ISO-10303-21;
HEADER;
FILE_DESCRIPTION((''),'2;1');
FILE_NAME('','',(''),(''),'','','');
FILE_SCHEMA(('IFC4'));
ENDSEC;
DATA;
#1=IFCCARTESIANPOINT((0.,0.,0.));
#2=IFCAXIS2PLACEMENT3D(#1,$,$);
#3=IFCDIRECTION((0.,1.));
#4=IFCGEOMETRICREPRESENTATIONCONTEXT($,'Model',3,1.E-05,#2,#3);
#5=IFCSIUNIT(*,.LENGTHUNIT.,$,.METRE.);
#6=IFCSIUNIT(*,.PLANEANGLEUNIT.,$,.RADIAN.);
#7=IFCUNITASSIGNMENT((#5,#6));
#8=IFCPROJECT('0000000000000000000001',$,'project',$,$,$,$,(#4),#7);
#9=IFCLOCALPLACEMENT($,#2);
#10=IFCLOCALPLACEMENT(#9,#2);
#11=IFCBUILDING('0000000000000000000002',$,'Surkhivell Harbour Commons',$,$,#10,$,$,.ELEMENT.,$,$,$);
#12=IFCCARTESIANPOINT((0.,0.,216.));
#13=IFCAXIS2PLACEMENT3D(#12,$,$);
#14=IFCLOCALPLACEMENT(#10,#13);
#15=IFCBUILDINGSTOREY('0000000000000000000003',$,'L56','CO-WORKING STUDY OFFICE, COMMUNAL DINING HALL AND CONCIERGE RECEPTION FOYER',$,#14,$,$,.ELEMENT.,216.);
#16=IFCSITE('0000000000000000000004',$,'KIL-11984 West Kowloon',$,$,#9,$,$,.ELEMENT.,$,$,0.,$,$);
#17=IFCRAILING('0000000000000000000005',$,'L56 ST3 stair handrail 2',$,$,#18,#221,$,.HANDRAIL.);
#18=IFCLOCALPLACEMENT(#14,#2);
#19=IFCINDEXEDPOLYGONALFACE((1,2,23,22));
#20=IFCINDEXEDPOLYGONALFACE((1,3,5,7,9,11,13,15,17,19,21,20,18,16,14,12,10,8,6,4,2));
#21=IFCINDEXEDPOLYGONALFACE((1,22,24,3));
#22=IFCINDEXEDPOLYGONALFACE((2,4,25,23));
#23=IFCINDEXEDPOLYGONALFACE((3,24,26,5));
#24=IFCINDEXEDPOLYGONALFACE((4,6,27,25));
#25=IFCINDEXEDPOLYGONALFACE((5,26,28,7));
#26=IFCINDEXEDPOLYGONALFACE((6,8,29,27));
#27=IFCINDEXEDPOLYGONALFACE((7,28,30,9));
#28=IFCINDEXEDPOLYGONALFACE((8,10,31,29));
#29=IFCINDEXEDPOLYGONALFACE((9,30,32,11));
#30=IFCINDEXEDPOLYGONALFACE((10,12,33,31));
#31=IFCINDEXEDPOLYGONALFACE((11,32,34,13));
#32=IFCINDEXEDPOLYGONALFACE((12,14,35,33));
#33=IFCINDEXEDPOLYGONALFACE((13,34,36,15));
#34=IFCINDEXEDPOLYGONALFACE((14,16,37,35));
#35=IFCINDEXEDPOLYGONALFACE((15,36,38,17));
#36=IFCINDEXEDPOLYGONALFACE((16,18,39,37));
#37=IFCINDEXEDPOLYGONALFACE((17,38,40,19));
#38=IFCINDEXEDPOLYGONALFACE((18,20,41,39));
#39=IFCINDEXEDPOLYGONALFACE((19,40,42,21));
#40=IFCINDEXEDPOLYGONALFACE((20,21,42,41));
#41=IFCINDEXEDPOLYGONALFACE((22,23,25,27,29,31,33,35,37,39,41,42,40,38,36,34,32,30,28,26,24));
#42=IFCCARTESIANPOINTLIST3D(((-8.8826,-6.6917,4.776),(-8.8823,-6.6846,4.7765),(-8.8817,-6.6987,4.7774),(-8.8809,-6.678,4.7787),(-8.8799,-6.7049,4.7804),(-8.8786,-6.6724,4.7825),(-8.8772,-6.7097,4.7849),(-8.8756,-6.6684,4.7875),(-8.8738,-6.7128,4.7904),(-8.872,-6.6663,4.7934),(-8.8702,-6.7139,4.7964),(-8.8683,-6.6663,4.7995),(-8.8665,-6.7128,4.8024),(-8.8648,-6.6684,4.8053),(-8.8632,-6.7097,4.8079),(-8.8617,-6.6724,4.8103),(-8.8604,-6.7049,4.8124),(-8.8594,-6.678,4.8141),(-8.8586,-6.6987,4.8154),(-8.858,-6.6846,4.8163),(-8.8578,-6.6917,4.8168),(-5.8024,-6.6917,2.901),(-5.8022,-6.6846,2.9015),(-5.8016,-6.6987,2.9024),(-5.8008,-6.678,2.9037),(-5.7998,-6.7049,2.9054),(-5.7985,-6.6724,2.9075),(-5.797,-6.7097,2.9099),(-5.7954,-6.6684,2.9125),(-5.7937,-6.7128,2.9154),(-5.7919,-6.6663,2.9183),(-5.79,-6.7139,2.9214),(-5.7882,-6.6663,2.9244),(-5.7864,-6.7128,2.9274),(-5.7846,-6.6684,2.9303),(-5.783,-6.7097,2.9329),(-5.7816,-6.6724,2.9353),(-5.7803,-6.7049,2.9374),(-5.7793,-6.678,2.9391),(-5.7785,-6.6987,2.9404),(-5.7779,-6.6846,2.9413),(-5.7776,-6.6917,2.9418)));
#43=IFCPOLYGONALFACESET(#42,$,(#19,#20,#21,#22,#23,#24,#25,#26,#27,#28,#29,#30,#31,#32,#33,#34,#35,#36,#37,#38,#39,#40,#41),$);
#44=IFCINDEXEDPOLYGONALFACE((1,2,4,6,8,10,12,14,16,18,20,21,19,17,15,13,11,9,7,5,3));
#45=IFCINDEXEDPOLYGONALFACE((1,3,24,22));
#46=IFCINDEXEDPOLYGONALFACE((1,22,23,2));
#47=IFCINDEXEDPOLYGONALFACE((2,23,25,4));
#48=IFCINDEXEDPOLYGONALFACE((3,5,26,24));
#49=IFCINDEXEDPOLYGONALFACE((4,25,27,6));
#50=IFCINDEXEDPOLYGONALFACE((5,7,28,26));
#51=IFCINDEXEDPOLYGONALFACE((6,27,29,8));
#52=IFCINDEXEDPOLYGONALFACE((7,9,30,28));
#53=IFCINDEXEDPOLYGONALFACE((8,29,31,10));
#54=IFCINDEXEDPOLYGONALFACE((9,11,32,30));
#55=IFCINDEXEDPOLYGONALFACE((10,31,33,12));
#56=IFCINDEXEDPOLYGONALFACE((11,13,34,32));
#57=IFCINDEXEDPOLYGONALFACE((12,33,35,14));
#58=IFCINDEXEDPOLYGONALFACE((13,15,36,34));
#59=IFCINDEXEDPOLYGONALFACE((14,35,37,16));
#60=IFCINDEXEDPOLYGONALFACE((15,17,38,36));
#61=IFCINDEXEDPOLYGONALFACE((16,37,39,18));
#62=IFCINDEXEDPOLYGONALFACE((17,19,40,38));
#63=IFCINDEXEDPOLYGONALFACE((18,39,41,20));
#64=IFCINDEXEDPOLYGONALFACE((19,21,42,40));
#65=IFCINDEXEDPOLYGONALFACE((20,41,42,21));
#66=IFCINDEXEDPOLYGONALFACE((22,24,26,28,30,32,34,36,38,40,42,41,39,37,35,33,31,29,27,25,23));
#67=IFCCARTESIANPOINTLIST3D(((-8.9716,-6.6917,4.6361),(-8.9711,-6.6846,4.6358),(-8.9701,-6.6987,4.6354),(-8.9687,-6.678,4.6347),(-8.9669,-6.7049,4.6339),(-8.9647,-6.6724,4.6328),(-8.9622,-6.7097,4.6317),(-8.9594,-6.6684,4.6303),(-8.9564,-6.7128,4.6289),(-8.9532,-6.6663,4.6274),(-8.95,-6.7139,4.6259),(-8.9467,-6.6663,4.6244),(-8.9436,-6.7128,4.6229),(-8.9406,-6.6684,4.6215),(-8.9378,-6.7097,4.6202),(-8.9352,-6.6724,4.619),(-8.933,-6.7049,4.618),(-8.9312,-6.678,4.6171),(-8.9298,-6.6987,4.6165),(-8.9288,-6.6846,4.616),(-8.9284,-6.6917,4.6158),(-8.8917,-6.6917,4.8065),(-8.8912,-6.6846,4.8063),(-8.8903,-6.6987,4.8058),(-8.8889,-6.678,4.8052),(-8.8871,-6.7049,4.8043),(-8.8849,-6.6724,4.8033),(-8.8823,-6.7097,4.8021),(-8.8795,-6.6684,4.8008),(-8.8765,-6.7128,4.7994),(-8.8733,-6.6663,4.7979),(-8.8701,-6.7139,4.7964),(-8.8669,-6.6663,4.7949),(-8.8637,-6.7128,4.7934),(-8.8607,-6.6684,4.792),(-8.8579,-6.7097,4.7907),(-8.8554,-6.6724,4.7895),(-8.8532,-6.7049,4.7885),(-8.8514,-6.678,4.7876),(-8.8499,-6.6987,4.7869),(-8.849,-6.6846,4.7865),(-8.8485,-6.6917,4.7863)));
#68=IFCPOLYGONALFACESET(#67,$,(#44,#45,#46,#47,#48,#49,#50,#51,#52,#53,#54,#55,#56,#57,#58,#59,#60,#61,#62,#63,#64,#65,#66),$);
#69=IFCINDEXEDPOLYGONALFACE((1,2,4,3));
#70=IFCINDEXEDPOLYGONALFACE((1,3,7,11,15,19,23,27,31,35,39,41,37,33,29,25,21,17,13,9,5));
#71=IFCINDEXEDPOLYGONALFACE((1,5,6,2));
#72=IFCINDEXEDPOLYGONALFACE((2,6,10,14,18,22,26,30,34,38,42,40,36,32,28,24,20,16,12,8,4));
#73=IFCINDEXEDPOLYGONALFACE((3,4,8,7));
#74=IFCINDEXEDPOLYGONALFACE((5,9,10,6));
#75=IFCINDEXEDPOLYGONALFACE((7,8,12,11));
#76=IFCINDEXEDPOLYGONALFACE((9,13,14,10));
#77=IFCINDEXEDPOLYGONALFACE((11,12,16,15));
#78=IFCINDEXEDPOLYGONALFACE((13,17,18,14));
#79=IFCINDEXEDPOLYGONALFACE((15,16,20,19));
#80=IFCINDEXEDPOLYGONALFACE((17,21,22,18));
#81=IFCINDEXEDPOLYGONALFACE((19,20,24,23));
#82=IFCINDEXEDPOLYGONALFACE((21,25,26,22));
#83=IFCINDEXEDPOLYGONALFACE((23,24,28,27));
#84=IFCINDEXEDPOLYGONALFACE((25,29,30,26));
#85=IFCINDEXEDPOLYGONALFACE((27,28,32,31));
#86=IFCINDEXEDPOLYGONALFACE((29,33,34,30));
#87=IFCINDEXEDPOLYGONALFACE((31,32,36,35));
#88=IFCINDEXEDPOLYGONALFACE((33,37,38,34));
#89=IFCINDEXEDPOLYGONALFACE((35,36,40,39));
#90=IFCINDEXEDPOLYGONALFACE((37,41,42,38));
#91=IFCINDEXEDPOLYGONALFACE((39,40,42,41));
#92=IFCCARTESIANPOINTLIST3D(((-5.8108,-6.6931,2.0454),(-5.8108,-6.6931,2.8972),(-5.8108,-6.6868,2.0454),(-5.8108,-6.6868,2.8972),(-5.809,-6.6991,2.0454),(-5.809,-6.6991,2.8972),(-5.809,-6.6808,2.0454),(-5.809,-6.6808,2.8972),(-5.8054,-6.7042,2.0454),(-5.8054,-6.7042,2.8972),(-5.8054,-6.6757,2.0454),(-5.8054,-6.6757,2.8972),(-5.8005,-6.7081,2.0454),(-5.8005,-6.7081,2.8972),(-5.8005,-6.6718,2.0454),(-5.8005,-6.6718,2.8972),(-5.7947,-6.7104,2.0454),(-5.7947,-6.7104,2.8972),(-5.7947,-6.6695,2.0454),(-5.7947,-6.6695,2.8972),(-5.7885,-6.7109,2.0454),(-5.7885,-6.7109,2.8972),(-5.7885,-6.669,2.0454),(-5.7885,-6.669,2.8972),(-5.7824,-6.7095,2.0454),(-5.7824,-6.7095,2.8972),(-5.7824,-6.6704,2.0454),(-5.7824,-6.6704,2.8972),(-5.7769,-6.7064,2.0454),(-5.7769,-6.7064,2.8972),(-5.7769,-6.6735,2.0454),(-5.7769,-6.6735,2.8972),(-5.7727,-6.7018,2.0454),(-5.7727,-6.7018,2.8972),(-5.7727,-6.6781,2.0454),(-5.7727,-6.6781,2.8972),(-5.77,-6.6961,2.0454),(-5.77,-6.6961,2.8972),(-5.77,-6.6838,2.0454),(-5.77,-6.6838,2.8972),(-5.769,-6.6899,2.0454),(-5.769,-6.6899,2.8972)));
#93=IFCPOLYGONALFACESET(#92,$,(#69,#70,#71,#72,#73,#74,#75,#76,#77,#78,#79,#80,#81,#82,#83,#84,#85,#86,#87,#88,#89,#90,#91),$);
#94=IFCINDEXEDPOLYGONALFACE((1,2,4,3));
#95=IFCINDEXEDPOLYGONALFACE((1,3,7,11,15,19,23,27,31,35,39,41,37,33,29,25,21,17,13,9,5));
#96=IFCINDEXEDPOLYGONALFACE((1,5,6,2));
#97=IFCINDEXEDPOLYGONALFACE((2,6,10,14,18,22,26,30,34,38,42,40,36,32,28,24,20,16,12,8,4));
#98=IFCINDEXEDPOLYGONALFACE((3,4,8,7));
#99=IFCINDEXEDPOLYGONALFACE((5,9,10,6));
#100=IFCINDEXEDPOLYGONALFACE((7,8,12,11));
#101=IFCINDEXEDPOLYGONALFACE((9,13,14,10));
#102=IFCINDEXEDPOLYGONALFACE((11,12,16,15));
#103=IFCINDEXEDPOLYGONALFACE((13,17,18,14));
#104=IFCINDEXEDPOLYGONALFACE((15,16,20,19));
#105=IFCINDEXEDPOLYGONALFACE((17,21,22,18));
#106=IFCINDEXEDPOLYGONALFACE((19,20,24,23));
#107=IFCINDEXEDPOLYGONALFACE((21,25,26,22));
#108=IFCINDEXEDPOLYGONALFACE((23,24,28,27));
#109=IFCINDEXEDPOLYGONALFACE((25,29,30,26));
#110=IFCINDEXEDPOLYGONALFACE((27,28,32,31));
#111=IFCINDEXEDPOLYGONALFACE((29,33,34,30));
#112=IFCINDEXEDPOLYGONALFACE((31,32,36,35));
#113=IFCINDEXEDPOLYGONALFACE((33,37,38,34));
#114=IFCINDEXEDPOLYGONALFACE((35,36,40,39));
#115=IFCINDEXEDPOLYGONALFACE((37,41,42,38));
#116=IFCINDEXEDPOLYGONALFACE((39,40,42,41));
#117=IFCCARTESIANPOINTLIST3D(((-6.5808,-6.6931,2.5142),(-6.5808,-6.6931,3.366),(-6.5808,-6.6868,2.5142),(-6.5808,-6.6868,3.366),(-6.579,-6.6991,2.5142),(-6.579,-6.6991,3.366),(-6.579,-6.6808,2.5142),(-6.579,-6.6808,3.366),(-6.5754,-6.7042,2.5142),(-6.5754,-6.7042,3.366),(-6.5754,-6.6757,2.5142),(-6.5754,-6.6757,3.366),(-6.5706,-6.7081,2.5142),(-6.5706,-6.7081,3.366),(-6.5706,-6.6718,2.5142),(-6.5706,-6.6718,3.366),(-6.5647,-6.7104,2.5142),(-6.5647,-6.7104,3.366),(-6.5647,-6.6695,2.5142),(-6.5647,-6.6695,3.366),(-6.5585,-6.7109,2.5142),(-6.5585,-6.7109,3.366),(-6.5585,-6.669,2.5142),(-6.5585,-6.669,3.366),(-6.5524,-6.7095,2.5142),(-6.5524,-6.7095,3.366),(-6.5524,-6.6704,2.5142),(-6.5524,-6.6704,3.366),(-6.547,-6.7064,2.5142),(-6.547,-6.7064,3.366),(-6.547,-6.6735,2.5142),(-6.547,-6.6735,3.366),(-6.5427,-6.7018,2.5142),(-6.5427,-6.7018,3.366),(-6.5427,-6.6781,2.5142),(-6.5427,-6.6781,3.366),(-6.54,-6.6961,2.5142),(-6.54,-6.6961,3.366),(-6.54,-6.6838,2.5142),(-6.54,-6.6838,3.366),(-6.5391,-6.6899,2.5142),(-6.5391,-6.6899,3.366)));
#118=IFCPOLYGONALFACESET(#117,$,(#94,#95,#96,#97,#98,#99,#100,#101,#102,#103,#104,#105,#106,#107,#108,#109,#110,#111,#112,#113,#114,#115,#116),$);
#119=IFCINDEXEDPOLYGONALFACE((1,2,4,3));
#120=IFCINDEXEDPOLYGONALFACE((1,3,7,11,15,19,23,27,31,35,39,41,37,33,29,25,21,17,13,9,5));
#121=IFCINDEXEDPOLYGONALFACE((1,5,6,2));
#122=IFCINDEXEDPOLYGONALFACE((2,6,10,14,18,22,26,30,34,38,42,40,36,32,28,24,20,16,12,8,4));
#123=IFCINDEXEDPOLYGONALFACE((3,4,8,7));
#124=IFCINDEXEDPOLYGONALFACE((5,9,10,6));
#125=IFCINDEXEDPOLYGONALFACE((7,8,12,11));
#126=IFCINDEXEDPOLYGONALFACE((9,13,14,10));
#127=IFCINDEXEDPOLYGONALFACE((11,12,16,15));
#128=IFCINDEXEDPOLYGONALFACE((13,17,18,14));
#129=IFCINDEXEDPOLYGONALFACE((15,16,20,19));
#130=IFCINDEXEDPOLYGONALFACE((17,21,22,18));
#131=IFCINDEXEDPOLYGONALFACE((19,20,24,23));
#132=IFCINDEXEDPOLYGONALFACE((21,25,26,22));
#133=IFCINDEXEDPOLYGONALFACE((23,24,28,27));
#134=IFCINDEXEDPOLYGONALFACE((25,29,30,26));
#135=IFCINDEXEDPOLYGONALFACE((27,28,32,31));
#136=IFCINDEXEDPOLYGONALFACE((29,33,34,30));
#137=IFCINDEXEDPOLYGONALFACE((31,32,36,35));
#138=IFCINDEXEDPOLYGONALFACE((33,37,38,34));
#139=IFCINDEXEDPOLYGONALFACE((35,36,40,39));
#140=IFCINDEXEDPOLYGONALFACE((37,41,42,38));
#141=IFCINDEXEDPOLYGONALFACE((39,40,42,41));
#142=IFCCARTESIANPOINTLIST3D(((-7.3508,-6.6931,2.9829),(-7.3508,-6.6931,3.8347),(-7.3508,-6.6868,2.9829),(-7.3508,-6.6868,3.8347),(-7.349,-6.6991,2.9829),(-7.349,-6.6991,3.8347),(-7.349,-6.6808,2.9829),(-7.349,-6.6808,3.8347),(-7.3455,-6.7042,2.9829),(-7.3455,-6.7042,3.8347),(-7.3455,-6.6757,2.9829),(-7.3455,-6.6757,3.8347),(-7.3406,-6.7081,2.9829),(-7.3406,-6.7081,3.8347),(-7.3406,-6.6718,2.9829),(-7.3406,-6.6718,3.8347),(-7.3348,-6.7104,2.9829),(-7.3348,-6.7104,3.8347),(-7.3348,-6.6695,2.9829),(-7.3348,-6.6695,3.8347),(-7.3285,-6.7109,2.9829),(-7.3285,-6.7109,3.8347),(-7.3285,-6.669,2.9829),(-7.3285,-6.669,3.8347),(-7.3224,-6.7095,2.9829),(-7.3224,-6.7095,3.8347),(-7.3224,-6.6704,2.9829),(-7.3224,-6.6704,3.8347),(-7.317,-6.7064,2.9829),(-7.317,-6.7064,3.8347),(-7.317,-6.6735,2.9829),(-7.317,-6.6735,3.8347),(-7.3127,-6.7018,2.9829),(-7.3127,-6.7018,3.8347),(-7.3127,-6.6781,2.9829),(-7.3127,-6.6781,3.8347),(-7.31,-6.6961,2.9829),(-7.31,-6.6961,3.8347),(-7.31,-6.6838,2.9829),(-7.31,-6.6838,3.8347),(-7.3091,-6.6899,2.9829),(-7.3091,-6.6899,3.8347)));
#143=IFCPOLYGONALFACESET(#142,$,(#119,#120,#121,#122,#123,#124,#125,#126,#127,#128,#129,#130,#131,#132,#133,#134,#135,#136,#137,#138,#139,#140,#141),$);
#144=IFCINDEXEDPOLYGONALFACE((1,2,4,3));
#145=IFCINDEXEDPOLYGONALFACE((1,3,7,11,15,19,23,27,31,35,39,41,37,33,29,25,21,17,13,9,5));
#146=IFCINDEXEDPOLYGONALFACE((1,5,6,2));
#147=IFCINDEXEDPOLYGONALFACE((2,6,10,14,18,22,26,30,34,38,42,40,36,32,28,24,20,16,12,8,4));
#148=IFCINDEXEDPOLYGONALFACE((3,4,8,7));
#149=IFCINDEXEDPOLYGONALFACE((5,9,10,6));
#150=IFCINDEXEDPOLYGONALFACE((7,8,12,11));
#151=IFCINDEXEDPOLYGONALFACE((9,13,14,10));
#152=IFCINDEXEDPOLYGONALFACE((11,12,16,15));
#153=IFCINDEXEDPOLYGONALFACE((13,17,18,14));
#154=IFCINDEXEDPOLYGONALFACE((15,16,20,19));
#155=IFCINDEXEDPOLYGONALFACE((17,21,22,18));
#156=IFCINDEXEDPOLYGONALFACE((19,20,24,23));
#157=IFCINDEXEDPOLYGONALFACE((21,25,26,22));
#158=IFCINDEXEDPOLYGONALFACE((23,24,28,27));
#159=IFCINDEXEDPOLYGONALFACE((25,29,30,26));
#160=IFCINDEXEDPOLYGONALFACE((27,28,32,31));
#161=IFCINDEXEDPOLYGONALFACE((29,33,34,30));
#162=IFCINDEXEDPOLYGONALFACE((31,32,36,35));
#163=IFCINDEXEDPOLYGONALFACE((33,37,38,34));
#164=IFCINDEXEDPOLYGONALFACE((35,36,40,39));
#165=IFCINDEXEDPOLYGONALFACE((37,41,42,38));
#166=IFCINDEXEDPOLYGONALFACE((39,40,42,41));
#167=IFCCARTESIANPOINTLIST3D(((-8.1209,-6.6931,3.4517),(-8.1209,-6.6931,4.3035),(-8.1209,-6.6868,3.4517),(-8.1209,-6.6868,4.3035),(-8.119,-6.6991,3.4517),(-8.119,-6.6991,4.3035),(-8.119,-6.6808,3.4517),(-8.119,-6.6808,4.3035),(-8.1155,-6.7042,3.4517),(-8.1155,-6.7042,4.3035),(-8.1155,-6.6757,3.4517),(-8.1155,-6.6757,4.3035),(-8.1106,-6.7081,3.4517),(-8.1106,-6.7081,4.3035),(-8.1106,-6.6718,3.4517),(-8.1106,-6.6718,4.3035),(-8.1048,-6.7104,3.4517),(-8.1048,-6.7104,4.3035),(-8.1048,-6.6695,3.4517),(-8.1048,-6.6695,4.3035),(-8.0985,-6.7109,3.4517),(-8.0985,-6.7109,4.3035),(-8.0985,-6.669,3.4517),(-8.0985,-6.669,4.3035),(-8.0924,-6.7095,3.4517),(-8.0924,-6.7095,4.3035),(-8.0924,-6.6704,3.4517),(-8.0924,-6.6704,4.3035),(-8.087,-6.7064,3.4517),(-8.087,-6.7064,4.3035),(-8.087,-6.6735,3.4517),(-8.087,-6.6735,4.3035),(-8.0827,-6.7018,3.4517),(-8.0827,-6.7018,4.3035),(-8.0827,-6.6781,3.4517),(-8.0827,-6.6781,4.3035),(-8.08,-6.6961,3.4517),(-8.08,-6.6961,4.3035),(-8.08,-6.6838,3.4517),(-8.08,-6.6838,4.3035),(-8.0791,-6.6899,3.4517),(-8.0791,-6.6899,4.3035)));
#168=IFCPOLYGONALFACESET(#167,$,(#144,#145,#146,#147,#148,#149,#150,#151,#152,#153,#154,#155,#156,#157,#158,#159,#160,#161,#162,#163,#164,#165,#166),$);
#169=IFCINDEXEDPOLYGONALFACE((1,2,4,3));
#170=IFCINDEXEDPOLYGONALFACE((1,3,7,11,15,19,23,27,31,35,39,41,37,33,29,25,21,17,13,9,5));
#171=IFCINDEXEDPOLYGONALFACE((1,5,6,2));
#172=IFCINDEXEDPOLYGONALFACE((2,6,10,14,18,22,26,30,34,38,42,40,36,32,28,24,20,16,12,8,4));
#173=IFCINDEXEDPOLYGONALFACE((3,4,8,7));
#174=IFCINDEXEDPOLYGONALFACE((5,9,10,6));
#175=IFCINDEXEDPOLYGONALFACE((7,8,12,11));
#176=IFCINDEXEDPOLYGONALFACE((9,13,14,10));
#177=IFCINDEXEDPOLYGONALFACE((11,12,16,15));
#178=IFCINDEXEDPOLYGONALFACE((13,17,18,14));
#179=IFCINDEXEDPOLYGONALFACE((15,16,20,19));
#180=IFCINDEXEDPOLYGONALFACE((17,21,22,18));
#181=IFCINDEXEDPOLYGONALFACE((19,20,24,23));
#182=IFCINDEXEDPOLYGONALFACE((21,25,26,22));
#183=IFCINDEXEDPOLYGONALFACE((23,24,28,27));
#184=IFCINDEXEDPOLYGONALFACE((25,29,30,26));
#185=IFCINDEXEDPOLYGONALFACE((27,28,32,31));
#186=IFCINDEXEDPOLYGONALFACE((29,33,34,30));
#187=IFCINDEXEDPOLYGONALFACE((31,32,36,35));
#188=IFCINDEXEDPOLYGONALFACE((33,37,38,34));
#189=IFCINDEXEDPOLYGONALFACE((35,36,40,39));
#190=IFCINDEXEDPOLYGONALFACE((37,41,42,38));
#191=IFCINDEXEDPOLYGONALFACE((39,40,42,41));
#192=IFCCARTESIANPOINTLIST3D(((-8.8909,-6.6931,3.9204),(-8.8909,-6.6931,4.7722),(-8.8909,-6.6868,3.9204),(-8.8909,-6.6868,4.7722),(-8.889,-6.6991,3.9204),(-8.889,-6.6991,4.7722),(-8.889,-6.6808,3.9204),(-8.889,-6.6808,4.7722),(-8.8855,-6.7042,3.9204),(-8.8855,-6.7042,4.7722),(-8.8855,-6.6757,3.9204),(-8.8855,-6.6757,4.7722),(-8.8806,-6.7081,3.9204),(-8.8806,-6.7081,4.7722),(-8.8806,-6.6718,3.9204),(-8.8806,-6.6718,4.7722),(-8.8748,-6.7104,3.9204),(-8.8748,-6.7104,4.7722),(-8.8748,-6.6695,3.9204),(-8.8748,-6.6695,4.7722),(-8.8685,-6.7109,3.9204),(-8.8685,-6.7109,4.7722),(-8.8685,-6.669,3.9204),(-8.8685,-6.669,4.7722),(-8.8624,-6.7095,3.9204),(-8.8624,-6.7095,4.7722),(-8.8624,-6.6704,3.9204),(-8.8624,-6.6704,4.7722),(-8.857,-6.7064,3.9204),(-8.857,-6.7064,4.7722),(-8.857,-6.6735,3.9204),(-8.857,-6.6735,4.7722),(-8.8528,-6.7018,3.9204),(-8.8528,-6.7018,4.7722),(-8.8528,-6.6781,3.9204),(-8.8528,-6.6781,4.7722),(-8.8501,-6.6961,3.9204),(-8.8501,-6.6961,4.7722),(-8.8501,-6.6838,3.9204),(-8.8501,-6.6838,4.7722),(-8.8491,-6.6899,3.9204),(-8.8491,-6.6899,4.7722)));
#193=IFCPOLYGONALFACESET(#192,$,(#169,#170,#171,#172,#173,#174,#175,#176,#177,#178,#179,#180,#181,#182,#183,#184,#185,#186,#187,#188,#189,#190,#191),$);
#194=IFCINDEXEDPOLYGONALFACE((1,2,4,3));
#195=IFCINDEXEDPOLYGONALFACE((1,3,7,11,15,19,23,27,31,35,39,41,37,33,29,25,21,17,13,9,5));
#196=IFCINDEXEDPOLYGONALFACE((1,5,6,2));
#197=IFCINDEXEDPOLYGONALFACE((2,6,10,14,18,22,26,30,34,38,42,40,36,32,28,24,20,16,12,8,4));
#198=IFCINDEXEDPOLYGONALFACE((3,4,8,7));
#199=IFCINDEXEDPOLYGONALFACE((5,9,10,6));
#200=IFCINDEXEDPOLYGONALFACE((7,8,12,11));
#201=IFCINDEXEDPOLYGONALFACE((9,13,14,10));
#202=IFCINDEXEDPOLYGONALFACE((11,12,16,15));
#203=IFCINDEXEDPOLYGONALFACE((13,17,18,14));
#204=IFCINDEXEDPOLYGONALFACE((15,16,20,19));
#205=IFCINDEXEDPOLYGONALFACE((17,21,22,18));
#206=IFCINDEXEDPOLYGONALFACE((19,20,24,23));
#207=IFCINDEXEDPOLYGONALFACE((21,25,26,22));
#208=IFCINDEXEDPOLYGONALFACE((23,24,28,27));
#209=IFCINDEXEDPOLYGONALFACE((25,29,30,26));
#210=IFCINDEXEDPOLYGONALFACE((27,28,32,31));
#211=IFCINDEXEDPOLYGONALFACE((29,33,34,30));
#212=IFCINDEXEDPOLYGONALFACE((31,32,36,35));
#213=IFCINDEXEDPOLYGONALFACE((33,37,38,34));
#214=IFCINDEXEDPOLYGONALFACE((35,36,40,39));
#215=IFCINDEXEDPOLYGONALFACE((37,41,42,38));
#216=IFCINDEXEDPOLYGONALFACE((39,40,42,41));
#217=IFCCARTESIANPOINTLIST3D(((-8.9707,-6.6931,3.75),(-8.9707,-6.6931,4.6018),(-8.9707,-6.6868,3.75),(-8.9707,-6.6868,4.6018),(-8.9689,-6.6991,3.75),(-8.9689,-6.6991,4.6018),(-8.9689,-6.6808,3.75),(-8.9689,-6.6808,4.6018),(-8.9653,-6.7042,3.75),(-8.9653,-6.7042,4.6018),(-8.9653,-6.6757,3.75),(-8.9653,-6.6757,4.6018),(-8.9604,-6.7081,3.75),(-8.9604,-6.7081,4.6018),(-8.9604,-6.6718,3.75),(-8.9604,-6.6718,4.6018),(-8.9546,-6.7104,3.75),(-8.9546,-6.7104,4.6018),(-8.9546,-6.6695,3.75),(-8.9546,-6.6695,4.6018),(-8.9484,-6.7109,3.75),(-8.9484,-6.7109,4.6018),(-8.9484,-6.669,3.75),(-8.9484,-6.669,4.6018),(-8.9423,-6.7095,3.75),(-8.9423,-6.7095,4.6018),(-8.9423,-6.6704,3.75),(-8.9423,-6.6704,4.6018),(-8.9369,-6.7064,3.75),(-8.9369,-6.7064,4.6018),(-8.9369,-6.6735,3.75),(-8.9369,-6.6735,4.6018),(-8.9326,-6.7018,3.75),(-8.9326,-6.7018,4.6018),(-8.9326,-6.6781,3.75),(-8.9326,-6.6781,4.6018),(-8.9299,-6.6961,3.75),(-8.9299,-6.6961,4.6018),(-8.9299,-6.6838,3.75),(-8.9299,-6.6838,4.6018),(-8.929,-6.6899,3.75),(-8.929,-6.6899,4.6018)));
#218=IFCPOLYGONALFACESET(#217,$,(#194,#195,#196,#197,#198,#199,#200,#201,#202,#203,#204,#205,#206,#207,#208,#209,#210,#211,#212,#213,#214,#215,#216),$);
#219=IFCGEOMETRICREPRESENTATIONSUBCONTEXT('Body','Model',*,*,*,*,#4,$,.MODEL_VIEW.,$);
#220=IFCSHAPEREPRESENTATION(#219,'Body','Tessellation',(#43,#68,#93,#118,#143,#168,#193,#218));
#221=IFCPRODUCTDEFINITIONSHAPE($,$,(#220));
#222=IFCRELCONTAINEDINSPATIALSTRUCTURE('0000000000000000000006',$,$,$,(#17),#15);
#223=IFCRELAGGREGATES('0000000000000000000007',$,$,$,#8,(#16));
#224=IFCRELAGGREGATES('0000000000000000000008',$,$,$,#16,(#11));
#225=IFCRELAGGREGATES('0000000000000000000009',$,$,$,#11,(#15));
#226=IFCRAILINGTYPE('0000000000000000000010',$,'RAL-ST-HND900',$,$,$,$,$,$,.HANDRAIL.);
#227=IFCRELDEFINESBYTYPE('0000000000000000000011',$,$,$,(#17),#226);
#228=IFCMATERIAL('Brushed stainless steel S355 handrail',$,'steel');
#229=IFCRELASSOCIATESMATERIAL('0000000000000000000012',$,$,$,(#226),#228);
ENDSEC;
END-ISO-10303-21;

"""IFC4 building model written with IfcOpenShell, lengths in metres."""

from ifc_helpers import new_model, si_unit, direction, frame, origin, origin_2d, place, context, subcontext, project, spatial, circle, extrude, material, type_object, element, save


model = new_model("IFC4")

# Units and contexts
model_context = context("Model", 3, precision=1e-05, world=origin(), true_north=direction((0.0, 1.0)))
body_context = subcontext(model_context, "Body", "Model", "MODEL_VIEW")
ifc_project = project(units=[si_unit("LENGTHUNIT", "METRE"), si_unit("PLANEANGLEUNIT", "RADIAN")], contexts=[model_context])

# Site, building, storey
site_placement = place(None, origin())
site = spatial("IfcSite", under=ifc_project, at=site_placement, Name="KIL-11984 West Kowloon", CompositionType="ELEMENT", RefElevation=0.0)
building_placement = place(site_placement, origin())
building = spatial("IfcBuilding", under=site, at=building_placement, Name="Surkhivell Harbour Commons", CompositionType="ELEMENT")
storey_placement = place(building_placement, frame((0.0, 0.0, 216.0)))
storey = spatial("IfcBuildingStorey", under=building, at=storey_placement, Name="L56", Description="CO-WORKING STUDY OFFICE, COMMUNAL DINING HALL AND CONCIERGE RECEPTION FOYER", CompositionType="ELEMENT", Elevation=216.0)

# Railing
ifc_material_1 = material(Name="Brushed stainless steel S355 handrail", Category="steel")
railing_type_1 = type_object("IfcRailingType", Name="RAL-ST-HND900", PredefinedType="HANDRAIL", material=ifc_material_1)
railing_1_placement = place(storey_placement, frame((-5.79, -6.6899, 2.0454)))
element("IfcRailing", 1, at=railing_1_placement, inside=storey, type_object=railing_type_1, Name="L56 ST3 stair handrail 2", PredefinedType="HANDRAIL", context=body_context, shape_type="SweptSolid", body=[
    extrude(circle(Radius=0.0239, at=origin_2d()), frame((0.0, 0.0, 0.876), z_axis=(-0.854178, 0.0, 0.519981), x_axis=(0.0, -1.0, 0.0)), (0.0, 0.0, 1.0), 3.606),
    extrude(circle(Radius=0.0239, at=origin_2d()), frame((-3.0801, 0.0, 2.751), z_axis=(-0.424234, 0.0, -0.905552), x_axis=(0.0, -1.0, 0.0)), (0.0, 0.0, 1.0), 0.1882),
    extrude(circle(Radius=0.021, at=origin_2d()), origin(), (0.0, 0.0, 1.0), 0.8518),
    extrude(circle(Radius=0.021, at=origin_2d()), frame((-0.77, 0.0, 0.4688)), (0.0, 0.0, 1.0), 0.8518),
    extrude(circle(Radius=0.021, at=origin_2d()), frame((-1.54, 0.0, 0.9375)), (0.0, 0.0, 1.0), 0.8518),
    extrude(circle(Radius=0.021, at=origin_2d()), frame((-2.3101, 0.0, 1.4062)), (0.0, 0.0, 1.0), 0.8518),
    extrude(circle(Radius=0.021, at=origin_2d()), frame((-3.0801, 0.0, 1.875)), (0.0, 0.0, 1.0), 0.8518),
    extrude(circle(Radius=0.021, at=origin_2d()), frame((-3.1599, 0.0, 1.7046)), (0.0, 0.0, 1.0), 0.8518),
])

save(model, "model.ifc")
